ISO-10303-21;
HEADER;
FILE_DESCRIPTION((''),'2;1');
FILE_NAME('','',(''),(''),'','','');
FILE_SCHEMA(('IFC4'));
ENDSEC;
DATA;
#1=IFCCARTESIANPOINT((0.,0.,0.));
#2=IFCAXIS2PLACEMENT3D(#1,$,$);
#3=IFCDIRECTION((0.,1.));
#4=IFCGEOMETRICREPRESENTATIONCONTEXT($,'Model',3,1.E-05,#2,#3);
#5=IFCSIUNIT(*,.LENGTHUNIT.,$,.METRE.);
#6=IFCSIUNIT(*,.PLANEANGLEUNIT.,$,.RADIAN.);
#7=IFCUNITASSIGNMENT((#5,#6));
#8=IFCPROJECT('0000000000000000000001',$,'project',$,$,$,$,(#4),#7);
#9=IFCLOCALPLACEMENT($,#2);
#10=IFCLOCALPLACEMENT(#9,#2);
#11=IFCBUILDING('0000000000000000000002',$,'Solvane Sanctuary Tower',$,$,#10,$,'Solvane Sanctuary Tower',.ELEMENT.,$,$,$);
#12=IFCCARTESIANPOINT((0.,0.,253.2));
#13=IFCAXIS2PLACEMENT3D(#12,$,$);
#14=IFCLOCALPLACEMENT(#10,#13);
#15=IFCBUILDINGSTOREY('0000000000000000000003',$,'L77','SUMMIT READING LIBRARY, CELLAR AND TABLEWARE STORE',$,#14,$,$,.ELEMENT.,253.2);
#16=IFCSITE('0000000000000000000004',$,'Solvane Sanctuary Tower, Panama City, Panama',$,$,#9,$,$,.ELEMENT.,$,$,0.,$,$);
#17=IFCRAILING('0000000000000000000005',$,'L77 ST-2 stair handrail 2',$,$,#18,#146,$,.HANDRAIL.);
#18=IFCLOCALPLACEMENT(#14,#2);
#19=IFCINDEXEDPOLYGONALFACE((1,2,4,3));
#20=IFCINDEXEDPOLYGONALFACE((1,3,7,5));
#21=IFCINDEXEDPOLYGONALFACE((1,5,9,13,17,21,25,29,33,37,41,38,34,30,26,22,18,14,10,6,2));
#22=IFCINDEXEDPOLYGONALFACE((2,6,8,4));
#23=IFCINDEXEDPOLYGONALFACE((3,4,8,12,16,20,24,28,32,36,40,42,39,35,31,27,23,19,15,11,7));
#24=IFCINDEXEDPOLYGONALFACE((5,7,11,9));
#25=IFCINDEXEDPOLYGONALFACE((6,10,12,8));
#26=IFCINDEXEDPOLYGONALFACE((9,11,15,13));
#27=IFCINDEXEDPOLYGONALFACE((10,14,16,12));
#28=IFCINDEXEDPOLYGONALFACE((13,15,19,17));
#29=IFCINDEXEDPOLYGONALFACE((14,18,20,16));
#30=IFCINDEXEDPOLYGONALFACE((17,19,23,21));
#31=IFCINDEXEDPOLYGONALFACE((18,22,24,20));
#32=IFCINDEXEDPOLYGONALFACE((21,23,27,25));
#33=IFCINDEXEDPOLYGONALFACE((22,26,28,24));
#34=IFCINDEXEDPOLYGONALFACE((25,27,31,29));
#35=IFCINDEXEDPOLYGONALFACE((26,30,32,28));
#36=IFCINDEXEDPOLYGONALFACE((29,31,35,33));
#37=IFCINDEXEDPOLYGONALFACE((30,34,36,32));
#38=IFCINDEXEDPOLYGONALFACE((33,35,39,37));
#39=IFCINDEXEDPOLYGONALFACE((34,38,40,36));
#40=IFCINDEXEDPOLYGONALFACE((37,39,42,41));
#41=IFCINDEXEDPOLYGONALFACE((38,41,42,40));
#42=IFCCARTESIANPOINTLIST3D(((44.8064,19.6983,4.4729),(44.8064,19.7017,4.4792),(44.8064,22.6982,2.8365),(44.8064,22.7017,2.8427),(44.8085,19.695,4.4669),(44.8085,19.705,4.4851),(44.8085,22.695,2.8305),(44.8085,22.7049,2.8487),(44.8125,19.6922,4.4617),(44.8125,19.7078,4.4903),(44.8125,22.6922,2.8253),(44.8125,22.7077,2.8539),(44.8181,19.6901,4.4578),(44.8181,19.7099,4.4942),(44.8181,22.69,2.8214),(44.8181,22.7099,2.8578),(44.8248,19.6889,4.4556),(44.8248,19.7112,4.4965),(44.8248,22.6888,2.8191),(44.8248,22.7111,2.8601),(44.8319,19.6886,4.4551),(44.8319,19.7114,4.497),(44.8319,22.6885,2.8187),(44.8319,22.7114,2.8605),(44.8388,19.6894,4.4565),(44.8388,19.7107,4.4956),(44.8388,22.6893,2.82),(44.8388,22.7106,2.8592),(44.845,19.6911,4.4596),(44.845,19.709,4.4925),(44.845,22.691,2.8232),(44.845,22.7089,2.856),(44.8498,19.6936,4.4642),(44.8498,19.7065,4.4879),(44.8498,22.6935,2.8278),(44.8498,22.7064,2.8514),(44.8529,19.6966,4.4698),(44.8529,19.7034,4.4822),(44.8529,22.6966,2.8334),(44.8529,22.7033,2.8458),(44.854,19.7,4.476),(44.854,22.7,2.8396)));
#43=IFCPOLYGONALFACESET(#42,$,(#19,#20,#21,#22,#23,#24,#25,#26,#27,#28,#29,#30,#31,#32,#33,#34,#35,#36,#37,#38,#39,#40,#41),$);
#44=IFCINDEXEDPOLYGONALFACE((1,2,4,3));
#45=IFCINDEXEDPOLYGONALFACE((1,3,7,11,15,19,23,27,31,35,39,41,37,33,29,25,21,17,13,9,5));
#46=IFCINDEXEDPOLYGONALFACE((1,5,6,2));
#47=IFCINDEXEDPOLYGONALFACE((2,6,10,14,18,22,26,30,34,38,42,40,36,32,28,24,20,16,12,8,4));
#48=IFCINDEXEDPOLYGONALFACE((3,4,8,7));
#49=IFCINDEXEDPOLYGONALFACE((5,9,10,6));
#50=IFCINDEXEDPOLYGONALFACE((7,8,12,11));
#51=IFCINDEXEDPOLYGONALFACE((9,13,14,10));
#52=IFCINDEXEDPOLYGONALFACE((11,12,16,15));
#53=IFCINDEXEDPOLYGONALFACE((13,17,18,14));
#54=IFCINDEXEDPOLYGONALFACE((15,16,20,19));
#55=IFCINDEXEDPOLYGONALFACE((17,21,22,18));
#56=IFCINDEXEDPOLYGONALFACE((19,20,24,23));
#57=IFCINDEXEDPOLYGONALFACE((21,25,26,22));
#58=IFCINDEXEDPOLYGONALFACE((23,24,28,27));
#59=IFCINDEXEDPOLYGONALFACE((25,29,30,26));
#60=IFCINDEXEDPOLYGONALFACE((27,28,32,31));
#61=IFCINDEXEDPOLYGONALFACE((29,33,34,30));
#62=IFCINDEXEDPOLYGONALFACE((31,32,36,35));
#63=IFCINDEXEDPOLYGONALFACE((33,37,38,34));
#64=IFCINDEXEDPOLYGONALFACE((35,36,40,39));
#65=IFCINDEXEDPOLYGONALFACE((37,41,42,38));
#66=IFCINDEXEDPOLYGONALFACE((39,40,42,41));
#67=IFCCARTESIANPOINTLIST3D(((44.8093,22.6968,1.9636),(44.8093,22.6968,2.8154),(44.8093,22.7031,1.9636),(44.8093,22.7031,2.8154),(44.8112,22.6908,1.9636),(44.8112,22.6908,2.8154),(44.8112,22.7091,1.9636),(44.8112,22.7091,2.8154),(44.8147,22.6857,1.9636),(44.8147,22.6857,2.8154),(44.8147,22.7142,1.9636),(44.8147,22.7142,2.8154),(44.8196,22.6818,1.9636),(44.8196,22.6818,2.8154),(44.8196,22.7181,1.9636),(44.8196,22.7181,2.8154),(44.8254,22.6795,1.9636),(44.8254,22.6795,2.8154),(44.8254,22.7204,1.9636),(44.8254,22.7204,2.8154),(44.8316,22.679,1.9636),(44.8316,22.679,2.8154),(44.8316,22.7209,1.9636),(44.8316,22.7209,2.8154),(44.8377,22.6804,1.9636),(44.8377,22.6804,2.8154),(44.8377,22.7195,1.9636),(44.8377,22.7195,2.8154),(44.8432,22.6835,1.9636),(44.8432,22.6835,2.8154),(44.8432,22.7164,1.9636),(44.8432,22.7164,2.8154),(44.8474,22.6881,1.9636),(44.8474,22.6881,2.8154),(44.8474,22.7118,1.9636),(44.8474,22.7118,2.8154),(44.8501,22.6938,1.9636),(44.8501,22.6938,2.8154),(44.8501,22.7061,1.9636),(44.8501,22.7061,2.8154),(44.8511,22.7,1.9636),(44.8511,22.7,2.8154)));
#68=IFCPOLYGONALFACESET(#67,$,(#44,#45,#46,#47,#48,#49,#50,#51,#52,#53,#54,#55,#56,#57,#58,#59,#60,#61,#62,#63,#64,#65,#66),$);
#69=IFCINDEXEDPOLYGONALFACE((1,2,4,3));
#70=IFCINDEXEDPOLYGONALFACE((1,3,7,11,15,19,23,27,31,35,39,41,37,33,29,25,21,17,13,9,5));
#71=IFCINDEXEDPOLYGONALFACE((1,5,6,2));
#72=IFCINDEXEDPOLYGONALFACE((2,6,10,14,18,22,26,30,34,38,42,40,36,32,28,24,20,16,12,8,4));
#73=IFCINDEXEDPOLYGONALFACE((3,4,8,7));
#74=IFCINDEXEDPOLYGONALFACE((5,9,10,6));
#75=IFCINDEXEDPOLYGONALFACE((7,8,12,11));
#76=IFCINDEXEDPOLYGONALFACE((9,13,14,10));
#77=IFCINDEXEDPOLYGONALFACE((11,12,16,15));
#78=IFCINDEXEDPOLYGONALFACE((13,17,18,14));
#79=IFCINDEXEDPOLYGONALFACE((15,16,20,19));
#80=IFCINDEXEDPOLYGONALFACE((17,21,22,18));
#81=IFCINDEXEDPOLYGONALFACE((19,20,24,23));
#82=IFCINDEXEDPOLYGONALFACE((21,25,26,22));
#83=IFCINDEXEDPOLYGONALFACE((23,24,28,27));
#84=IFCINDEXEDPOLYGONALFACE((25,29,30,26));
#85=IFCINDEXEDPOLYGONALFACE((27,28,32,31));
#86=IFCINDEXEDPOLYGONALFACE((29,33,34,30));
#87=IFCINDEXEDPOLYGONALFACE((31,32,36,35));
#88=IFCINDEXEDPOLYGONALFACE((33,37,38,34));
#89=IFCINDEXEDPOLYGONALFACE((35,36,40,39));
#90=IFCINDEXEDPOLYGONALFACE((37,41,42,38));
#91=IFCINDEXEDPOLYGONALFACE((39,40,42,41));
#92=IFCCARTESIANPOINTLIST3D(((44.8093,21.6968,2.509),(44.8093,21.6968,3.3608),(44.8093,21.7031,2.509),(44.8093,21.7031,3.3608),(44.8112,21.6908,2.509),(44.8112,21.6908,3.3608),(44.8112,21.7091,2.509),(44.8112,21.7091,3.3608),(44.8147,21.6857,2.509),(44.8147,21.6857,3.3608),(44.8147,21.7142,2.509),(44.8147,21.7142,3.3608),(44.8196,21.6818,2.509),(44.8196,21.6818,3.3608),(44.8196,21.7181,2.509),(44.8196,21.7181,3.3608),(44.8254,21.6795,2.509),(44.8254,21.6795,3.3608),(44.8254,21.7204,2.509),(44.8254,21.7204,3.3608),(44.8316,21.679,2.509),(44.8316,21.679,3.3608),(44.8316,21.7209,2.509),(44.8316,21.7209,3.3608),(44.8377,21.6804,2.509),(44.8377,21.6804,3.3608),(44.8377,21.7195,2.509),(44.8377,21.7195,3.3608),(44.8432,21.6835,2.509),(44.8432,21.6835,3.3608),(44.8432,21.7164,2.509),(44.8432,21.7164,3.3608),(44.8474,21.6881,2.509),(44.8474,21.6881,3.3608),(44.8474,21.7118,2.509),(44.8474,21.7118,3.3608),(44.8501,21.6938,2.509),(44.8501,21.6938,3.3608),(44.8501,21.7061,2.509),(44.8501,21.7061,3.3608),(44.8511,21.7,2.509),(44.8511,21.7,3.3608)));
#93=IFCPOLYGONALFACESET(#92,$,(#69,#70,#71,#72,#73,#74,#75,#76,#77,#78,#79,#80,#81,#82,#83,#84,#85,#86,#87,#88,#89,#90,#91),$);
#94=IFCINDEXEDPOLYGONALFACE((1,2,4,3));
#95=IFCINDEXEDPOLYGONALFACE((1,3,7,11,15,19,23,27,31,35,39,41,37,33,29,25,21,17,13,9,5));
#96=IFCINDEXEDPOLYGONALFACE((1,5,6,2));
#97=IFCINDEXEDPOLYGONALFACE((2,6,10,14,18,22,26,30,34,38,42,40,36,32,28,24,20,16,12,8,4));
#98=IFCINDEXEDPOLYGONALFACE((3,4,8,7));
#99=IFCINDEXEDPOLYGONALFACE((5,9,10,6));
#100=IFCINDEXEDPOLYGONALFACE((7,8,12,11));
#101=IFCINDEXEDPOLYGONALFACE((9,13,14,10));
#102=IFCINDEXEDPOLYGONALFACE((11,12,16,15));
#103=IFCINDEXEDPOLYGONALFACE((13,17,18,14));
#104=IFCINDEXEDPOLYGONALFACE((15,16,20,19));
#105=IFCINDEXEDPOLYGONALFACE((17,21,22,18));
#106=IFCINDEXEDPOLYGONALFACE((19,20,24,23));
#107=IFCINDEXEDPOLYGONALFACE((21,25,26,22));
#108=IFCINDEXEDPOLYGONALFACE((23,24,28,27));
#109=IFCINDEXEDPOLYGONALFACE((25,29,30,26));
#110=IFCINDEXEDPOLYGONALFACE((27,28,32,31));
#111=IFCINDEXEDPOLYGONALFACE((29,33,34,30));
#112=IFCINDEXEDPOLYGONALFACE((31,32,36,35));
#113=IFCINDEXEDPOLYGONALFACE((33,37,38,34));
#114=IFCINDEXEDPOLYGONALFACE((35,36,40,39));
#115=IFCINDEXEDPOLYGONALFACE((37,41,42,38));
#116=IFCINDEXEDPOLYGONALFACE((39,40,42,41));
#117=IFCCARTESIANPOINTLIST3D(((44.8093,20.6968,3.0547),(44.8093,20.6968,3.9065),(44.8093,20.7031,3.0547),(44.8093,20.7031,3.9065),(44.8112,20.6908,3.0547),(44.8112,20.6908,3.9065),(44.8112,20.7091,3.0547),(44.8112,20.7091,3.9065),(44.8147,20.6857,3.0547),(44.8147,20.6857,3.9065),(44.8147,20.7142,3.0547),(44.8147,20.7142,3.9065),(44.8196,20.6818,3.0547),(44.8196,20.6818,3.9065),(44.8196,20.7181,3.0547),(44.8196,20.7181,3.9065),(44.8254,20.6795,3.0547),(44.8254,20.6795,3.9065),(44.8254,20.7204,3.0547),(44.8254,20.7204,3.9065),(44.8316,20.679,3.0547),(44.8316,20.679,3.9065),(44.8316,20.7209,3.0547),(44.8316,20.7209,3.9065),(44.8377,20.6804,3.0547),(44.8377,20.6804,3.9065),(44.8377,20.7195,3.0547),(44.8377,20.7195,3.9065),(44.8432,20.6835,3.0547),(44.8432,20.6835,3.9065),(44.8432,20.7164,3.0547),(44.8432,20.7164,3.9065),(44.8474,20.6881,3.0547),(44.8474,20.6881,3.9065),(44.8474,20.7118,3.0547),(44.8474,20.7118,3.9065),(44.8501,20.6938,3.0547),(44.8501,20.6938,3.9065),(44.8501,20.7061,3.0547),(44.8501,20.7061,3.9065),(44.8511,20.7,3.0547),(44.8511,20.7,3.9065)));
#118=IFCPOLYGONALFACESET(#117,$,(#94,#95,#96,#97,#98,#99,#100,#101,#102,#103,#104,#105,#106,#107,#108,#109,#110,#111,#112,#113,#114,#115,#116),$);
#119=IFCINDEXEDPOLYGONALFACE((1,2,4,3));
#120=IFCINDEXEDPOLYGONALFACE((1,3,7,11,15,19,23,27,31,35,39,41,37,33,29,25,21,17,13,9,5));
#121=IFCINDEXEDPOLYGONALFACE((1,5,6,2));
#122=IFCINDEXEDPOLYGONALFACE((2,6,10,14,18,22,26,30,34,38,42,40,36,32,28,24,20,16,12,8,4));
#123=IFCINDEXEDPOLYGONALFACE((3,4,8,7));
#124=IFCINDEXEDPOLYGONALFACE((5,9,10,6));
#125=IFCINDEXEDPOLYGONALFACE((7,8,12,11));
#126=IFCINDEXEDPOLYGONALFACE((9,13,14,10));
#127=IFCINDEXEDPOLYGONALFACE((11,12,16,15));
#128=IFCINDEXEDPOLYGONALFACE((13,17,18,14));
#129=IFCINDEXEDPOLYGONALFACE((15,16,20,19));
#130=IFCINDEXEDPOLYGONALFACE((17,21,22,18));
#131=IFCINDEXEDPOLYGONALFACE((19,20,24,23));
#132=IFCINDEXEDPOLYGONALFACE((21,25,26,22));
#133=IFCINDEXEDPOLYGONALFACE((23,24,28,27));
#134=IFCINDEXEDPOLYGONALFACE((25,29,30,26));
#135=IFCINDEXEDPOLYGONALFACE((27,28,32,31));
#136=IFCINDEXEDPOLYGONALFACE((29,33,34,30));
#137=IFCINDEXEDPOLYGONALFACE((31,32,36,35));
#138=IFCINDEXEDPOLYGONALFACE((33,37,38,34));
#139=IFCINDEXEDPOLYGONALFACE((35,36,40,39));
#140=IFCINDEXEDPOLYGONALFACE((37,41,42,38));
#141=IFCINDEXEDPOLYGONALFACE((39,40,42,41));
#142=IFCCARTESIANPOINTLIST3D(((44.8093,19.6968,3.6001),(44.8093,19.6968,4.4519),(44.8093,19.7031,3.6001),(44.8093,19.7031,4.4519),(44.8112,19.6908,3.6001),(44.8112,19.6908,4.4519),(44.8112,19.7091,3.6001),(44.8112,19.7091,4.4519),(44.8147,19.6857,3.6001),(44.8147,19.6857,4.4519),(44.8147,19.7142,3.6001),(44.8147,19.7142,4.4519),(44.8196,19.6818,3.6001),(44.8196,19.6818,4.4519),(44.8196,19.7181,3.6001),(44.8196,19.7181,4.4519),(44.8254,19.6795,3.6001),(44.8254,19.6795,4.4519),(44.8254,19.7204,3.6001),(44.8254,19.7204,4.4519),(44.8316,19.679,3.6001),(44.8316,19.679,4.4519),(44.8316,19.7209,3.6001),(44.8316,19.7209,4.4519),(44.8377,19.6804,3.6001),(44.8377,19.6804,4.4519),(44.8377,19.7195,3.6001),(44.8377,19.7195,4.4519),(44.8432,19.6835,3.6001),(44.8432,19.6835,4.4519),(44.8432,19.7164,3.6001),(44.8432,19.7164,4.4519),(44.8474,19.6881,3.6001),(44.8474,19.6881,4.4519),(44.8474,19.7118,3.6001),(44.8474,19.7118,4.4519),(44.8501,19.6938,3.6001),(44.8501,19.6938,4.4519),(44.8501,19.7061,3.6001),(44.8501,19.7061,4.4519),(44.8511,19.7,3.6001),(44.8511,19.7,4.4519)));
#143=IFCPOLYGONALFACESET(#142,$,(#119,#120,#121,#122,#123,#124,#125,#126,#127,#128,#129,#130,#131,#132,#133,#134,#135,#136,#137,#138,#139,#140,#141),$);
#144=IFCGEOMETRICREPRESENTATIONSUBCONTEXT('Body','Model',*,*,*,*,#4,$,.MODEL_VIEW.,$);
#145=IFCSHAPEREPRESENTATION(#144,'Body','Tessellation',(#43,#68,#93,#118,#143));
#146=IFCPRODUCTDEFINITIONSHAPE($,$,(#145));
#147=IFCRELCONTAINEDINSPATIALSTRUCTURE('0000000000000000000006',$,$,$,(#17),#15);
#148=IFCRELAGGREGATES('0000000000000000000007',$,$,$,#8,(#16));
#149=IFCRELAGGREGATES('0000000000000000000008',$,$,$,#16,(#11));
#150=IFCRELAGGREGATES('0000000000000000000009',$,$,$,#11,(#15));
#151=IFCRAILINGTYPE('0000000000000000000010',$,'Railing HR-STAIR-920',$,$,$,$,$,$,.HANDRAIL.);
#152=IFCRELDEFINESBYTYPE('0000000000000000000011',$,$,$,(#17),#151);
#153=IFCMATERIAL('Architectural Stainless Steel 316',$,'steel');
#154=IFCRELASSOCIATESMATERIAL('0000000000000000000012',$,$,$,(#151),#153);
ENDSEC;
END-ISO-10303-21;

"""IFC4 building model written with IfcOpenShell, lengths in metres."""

from ifc_helpers import new_model, si_unit, direction, frame, origin, origin_2d, place, context, subcontext, project, spatial, circle, extrude, material, type_object, element, save


model = new_model("IFC4")

# Units and contexts
model_context = context("Model", 3, precision=1e-05, world=origin(), true_north=direction((0.0, 1.0)))
body_context = subcontext(model_context, "Body", "Model", "MODEL_VIEW")
ifc_project = project(units=[si_unit("LENGTHUNIT", "METRE"), si_unit("PLANEANGLEUNIT", "RADIAN")], contexts=[model_context])

# Site, building, storey
site_placement = place(None, origin())
site = spatial("IfcSite", under=ifc_project, at=site_placement, Name="Solvane Sanctuary Tower, Panama City, Panama", CompositionType="ELEMENT", RefElevation=0.0)
building_placement = place(site_placement, origin())
building = spatial("IfcBuilding", under=site, at=building_placement, Name="Solvane Sanctuary Tower", LongName="Solvane Sanctuary Tower", CompositionType="ELEMENT")
storey_placement = place(building_placement, frame((0.0, 0.0, 253.2)))
storey = spatial("IfcBuildingStorey", under=building, at=storey_placement, Name="L77", Description="SUMMIT READING LIBRARY, CELLAR AND TABLEWARE STORE", CompositionType="ELEMENT", Elevation=253.2)

# Shared definitions
ifc_material_1 = material(Name="Architectural Stainless Steel 316", Category="steel")

# Railing
railing_type_1 = type_object("IfcRailingType", Name="Railing HR-STAIR-920", PredefinedType="HANDRAIL", material=ifc_material_1)
railing_1_placement = place(storey_placement, frame((44.8301, 22.7, 1.9636)))
element("IfcRailing", 1, at=railing_1_placement, inside=storey, type_object=railing_type_1, Name="L77 ST-2 stair handrail 2", PredefinedType="HANDRAIL", context=body_context, shape_type="SweptSolid", body=[
    extrude(circle(Radius=0.0239, at=origin_2d()), frame((0.0, 0.0, 0.876), z_axis=(0.0, -0.877882, 0.478877), x_axis=(1.0, 0.0, 0.0)), (0.0, 0.0, 1.0), 3.4172),
    extrude(circle(Radius=0.021, at=origin_2d()), origin(), (0.0, 0.0, 1.0), 0.8518),
    extrude(circle(Radius=0.021, at=origin_2d()), frame((0.0, -1.0, 0.5454)), (0.0, 0.0, 1.0), 0.8518),
    extrude(circle(Radius=0.021, at=origin_2d()), frame((0.0, -2.0, 1.0911)), (0.0, 0.0, 1.0), 0.8518),
    extrude(circle(Radius=0.021, at=origin_2d()), frame((0.0, -3.0, 1.6365)), (0.0, 0.0, 1.0), 0.8518),
])

save(model, "model.ifc")
